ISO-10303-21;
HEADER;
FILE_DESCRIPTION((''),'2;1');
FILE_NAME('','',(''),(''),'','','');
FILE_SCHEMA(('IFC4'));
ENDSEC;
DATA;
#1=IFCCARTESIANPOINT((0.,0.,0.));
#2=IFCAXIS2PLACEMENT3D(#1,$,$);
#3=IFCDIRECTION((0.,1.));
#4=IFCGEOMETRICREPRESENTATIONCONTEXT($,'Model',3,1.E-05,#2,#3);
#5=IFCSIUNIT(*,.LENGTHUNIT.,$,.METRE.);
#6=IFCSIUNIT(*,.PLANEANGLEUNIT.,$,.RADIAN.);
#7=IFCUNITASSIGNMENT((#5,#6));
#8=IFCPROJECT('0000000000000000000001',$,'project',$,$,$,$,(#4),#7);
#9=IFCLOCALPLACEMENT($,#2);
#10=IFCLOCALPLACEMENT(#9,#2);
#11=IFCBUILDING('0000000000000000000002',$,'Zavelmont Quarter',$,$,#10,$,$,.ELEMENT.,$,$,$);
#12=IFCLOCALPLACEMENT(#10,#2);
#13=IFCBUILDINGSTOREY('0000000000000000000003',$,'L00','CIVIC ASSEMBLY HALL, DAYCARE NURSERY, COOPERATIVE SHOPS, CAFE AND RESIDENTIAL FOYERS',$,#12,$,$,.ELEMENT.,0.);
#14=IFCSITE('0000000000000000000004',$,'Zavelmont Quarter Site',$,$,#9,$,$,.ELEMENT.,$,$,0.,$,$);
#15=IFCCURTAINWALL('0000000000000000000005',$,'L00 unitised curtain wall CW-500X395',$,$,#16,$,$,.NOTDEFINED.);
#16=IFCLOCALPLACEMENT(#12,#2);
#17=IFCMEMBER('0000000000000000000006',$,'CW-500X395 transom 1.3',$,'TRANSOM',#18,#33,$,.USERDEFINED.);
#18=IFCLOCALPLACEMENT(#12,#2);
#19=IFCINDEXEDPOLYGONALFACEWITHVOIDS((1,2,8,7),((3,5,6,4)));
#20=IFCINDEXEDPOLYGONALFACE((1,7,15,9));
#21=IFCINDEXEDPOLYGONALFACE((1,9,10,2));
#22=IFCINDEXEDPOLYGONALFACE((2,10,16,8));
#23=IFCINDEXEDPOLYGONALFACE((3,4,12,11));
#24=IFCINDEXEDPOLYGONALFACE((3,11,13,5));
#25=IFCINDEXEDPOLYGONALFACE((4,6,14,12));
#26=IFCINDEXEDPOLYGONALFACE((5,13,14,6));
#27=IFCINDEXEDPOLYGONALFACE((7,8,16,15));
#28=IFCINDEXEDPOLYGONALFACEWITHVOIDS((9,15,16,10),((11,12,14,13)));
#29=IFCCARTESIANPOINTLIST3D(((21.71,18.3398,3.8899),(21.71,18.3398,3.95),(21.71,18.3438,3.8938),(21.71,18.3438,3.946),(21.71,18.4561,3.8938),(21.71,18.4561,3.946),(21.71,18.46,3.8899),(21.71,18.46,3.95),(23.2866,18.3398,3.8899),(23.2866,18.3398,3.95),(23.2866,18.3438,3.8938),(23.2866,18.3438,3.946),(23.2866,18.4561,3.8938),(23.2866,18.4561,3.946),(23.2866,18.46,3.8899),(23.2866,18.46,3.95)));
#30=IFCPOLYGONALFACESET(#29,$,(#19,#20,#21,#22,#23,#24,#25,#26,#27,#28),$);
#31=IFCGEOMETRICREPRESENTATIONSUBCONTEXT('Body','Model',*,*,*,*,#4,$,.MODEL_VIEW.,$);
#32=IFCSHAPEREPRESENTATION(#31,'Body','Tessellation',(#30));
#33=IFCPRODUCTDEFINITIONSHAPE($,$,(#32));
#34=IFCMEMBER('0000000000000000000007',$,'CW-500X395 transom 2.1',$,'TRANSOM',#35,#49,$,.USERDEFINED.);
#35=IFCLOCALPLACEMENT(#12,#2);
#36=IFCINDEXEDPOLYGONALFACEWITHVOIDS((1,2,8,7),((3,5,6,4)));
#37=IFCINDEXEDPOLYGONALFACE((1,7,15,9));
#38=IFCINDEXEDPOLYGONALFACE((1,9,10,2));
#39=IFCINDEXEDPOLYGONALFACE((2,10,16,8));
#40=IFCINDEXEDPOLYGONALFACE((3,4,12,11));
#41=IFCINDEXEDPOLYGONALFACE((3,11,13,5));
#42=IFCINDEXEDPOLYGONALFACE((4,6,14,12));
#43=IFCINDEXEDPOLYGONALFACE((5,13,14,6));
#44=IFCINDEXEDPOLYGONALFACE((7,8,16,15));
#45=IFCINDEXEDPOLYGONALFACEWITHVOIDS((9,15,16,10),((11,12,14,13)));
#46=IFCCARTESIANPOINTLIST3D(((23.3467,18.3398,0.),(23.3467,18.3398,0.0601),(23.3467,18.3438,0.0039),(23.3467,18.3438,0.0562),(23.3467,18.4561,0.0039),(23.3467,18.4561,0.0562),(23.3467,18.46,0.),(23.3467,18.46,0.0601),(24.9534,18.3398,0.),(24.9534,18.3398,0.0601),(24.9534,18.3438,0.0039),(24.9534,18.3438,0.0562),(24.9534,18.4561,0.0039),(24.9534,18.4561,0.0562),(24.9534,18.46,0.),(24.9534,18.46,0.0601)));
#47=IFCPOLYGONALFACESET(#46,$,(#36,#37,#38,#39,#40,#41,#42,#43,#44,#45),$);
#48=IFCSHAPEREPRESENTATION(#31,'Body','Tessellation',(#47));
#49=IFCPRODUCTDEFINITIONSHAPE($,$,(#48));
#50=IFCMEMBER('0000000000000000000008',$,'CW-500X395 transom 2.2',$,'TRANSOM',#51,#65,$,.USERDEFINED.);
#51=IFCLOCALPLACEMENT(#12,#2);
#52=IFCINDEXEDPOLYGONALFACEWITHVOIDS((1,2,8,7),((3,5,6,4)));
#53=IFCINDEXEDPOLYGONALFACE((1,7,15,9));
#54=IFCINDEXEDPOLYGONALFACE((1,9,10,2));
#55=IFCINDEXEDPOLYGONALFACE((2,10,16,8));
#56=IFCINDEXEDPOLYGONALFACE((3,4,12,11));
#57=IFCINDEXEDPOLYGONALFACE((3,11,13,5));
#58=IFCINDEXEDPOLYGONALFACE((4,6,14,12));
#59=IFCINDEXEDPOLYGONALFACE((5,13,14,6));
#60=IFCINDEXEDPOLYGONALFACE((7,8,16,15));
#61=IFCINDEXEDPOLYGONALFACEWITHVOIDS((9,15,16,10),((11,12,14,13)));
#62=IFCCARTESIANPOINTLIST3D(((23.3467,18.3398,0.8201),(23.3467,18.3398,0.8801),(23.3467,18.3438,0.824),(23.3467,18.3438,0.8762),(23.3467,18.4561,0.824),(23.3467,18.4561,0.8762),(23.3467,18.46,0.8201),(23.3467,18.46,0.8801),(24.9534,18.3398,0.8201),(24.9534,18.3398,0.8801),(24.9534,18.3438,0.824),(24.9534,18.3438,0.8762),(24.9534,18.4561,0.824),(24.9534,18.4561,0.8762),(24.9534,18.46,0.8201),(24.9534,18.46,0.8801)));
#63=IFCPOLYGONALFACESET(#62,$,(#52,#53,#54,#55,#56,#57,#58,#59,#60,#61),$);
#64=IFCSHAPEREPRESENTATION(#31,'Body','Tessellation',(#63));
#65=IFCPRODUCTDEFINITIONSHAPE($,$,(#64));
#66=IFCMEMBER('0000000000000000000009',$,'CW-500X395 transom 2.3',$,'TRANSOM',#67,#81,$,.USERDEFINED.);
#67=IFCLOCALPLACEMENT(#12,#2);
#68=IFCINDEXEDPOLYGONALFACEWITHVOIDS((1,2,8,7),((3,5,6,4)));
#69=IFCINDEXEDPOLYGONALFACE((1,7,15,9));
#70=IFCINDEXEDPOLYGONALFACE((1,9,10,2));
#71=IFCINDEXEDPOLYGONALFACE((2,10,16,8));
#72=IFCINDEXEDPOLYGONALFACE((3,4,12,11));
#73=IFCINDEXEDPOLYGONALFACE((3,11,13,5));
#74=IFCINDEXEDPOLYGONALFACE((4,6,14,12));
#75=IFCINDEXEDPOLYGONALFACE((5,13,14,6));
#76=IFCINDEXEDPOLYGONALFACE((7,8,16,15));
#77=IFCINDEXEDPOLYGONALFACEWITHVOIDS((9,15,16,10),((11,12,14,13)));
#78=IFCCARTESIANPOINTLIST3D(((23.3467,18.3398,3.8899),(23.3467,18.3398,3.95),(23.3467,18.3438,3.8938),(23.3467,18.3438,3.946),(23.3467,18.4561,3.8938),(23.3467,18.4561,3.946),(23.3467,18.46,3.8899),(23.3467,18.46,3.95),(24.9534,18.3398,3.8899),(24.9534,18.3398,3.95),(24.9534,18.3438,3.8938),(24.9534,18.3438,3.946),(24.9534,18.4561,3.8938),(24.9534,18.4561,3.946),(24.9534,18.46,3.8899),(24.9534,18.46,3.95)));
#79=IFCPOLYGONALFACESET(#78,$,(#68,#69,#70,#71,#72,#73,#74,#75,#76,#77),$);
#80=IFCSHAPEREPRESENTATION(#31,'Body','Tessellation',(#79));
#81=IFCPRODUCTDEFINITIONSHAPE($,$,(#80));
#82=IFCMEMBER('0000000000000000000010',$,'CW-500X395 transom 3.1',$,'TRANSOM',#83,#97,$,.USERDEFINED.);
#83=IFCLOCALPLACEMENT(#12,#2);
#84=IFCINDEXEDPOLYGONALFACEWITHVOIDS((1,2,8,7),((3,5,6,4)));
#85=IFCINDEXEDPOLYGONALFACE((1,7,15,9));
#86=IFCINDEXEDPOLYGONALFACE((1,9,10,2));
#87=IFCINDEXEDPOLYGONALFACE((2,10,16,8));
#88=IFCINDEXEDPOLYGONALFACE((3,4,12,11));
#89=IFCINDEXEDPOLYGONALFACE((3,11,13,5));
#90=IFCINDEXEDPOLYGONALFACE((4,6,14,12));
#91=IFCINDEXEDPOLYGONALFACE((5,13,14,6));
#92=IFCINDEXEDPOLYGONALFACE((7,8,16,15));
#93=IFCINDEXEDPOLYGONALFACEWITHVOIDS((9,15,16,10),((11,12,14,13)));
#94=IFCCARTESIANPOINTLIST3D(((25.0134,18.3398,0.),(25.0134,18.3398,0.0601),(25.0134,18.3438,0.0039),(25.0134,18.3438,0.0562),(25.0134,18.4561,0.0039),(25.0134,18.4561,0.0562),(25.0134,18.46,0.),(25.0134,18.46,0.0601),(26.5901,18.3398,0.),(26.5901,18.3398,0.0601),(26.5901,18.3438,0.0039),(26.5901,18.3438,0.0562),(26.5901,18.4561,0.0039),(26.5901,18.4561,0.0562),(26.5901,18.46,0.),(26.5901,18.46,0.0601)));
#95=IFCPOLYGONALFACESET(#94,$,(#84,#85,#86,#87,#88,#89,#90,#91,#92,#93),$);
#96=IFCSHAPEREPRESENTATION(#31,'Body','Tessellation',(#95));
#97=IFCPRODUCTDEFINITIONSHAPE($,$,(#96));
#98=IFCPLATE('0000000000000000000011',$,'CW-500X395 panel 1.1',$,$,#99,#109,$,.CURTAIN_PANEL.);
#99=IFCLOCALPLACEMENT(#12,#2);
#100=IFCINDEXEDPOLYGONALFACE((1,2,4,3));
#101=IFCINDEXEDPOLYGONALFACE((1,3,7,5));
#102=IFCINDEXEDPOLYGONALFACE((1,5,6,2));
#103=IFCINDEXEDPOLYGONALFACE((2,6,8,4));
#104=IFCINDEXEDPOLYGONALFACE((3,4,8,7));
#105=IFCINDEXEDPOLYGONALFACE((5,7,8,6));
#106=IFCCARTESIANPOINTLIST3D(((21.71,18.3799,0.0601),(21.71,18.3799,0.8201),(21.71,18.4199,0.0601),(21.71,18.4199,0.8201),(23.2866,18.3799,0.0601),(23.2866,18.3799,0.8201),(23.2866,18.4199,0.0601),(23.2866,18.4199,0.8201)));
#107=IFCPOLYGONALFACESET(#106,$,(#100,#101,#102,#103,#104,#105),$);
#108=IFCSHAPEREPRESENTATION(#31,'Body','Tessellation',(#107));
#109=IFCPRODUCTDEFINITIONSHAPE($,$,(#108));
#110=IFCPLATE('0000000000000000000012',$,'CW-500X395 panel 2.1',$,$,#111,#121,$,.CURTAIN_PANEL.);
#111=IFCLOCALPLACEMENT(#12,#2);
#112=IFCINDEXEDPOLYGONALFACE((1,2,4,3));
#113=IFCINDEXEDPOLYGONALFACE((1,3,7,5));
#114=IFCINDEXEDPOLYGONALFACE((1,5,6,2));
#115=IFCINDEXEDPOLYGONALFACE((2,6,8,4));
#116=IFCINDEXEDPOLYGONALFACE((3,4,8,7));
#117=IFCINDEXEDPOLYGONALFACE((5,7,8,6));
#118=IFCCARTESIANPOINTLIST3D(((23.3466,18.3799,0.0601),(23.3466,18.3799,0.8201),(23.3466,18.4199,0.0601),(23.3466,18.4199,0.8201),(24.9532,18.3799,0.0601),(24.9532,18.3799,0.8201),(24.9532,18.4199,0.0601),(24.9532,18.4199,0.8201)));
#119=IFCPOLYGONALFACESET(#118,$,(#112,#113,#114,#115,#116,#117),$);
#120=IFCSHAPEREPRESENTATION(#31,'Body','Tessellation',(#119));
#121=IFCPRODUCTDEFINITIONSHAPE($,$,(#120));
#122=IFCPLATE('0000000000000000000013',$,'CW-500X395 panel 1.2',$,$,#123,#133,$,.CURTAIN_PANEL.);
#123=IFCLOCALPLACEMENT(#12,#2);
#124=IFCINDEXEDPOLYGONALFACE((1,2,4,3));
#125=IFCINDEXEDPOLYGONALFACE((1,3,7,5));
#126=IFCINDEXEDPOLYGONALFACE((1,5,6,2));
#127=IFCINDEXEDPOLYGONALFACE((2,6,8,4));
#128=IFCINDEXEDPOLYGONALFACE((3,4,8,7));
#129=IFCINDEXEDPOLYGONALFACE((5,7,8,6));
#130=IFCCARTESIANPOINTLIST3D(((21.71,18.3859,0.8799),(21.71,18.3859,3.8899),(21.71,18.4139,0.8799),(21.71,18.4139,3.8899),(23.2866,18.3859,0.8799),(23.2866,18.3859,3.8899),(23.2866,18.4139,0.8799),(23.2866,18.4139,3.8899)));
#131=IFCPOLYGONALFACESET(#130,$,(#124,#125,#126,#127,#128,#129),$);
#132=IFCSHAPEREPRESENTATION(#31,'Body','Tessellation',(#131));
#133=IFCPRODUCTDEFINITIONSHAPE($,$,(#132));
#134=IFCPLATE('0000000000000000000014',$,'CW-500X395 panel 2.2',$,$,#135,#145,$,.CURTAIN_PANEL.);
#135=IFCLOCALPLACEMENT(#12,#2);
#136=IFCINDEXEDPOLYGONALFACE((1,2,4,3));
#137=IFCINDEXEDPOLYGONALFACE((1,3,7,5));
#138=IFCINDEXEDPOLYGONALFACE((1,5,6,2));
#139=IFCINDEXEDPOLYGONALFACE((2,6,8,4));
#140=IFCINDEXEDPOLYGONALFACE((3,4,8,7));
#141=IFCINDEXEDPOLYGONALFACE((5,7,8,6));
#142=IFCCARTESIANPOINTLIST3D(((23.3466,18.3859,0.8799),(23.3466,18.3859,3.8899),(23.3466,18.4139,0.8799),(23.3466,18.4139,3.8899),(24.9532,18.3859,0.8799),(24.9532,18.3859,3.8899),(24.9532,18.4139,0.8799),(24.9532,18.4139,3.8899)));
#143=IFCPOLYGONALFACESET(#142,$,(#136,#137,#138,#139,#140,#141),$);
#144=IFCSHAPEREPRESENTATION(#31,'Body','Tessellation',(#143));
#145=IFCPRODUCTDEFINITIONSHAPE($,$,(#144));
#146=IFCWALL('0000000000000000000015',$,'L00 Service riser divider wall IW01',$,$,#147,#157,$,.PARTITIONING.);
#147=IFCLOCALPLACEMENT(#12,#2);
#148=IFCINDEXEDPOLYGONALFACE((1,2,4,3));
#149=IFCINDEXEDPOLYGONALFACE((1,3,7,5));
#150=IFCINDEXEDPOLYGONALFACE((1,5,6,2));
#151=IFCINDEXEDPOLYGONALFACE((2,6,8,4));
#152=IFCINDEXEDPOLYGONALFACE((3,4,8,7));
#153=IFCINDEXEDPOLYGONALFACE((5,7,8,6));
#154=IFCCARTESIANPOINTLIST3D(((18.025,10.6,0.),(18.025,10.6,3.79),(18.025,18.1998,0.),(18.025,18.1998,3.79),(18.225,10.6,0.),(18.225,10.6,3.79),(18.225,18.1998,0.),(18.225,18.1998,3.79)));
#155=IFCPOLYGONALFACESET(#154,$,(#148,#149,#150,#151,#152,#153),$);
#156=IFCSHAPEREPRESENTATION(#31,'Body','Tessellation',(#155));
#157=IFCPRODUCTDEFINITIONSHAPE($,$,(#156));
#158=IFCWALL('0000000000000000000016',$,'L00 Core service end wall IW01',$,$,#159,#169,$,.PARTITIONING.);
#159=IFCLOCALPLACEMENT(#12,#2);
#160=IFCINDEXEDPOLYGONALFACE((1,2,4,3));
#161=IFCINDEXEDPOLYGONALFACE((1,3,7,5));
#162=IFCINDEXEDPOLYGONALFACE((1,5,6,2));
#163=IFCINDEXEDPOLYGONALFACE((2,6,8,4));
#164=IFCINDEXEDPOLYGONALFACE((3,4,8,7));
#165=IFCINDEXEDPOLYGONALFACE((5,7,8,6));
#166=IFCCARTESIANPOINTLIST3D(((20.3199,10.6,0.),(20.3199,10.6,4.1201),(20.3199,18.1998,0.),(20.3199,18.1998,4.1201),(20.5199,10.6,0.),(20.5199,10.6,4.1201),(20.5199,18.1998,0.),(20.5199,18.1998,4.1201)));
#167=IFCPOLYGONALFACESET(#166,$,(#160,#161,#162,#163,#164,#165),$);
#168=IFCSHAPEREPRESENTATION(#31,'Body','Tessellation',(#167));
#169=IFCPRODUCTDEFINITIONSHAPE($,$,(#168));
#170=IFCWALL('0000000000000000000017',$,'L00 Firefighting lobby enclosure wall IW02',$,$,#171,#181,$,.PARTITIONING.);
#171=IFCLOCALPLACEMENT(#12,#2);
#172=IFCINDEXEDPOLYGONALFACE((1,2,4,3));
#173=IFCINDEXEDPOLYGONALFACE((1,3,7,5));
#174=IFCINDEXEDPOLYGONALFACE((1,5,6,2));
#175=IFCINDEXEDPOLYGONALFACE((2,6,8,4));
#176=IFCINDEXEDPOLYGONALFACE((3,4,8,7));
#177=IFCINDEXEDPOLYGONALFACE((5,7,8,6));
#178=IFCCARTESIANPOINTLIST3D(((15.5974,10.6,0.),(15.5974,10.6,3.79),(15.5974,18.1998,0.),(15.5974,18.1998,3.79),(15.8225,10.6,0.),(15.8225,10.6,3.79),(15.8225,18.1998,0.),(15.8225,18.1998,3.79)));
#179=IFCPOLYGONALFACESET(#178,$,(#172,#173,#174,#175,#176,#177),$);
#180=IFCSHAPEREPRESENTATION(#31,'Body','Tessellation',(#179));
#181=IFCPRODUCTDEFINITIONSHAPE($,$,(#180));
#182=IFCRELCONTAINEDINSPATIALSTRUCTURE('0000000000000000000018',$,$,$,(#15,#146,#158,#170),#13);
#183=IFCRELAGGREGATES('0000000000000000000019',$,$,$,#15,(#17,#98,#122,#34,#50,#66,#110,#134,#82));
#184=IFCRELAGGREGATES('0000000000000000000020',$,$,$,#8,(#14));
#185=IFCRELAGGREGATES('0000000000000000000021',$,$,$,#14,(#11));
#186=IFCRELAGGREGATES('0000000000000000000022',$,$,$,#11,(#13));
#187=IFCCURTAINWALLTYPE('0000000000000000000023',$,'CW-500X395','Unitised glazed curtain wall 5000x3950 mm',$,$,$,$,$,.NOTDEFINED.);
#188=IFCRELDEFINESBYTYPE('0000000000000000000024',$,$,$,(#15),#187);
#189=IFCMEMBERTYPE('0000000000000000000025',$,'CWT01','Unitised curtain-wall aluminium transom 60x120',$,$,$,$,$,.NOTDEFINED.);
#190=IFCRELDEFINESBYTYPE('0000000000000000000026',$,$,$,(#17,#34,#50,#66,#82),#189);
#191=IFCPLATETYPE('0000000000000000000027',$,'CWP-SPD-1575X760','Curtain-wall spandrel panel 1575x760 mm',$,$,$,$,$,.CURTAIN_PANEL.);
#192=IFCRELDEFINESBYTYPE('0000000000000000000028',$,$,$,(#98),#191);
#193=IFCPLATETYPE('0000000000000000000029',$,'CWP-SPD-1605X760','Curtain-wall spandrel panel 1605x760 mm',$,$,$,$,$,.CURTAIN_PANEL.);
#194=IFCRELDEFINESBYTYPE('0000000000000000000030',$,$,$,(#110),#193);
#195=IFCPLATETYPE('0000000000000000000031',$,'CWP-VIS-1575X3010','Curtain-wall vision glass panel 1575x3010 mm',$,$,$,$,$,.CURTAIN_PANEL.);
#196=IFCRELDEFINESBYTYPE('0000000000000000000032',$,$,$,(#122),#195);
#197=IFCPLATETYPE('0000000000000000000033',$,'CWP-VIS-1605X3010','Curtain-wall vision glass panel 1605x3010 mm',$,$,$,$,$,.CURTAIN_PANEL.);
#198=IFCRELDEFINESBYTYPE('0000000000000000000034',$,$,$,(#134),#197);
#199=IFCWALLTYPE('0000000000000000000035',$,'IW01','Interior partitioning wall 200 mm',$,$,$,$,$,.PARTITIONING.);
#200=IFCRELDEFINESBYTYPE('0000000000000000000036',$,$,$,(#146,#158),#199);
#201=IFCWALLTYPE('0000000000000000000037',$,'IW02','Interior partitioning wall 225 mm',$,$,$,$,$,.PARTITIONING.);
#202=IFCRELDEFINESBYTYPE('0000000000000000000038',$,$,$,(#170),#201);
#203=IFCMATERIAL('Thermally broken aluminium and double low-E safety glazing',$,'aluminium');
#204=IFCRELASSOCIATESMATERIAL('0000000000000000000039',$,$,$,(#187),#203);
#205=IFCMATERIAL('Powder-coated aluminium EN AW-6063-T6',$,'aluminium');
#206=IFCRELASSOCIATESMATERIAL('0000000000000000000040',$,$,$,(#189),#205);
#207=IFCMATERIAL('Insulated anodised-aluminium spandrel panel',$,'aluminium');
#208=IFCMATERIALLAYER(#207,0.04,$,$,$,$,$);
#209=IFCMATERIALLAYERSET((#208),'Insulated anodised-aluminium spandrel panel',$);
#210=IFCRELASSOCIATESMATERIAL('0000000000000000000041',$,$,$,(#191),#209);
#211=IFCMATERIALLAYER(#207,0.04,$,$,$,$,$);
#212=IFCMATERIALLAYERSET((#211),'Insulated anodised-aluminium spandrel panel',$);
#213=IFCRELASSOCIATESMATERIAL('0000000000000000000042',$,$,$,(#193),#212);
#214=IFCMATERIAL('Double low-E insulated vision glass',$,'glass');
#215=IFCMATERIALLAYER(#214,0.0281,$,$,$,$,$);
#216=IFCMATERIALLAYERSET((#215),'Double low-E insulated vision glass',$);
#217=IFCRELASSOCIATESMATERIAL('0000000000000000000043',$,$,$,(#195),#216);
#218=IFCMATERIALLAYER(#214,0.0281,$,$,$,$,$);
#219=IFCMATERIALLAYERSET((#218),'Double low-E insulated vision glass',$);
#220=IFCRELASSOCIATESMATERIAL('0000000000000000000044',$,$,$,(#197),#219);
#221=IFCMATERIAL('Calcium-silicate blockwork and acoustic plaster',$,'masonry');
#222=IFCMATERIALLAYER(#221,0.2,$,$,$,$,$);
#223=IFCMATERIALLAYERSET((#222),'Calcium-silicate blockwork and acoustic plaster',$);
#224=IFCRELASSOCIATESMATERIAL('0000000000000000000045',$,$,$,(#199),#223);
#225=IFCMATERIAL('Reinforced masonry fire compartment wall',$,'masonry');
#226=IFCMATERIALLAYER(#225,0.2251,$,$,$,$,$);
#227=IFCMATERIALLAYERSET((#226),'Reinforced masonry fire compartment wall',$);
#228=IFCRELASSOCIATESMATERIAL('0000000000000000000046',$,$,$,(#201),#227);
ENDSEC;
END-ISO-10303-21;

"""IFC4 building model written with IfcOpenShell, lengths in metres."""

from ifc_helpers import new_model, si_unit, direction, frame, frame_2d, origin, origin_2d, place, context, subcontext, project, spatial, rectangle, hollow_rectangle, extrude, material, layer, layer_set, material_profile, profile_set, type_object, element, aggregate, save


model = new_model("IFC4")

# Units and contexts
model_context = context("Model", 3, precision=1e-05, world=origin(), true_north=direction((0.0, 1.0)))
body_context = subcontext(model_context, "Body", "Model", "MODEL_VIEW")
ifc_project = project(units=[si_unit("LENGTHUNIT", "METRE"), si_unit("PLANEANGLEUNIT", "RADIAN")], contexts=[model_context])

# Site, building, storey
site_placement = place(None, origin())
site = spatial("IfcSite", under=ifc_project, at=site_placement, Name="Zavelmont Quarter Site", CompositionType="ELEMENT", RefElevation=0.0)
building_placement = place(site_placement, origin())
building = spatial("IfcBuilding", under=site, at=building_placement, Name="Zavelmont Quarter", CompositionType="ELEMENT")
storey_placement = place(building_placement, origin())
storey = spatial("IfcBuildingStorey", under=building, at=storey_placement, Name="L00", Description="CIVIC ASSEMBLY HALL, DAYCARE NURSERY, COOPERATIVE SHOPS, CAFE AND RESIDENTIAL FOYERS", CompositionType="ELEMENT", Elevation=0.0)

# Curtain wall, members, plates
ifc_material_1 = material(Name="Thermally broken aluminium and double low-E safety glazing", Category="aluminium")
curtain_wall_type = type_object("IfcCurtainWallType", Name="CW-500X395", Description="Unitised glazed curtain wall 5000x3950 mm", PredefinedType="NOTDEFINED", material=ifc_material_1)
curtain_wall_placement = place(storey_placement, origin())
curtain_wall = element("IfcCurtainWall", 1, at=curtain_wall_placement, inside=storey, type_object=curtain_wall_type, Name="L00 unitised curtain wall CW-500X395", PredefinedType="NOTDEFINED")
ifc_material_2 = material(Name="Powder-coated aluminium EN AW-6063-T6", Category="aluminium")
ifc_material_profile_1 = material_profile(ifc_material_2, hollow_rectangle(XDim=0.1201, YDim=0.0601, WallThickness=0.0039, at=origin_2d()), Name="CWT60X120")
ifc_profile_set_1 = profile_set([ifc_material_profile_1], Name="Powder-coated aluminium EN AW-6063-T6")
member_type_1 = type_object("IfcMemberType", Name="CWT01", Description="Unitised curtain-wall aluminium transom 60x120", PredefinedType="NOTDEFINED", material=ifc_profile_set_1)
member_1_placement = place(storey_placement, frame((21.71, 18.3999, 3.9199), z_axis=(1.0, 0.0, 0.0), x_axis=(0.0, 1.0, 0.0)))
member_1 = element("IfcMember", 2, at=member_1_placement, type_object=member_type_1, Name="CW-500X395 transom 1.3", ObjectType="TRANSOM", PredefinedType="USERDEFINED", context=body_context, shape_type="SweptSolid", body=[
    extrude(hollow_rectangle(XDim=0.1201, YDim=0.0601, WallThickness=0.0039, at=origin_2d()), origin(), (0.0, 0.0, 1.0), 1.5767),
])
member_2_placement = place(storey_placement, frame((23.3467, 18.3999, 0.03), z_axis=(1.0, 0.0, 0.0), x_axis=(0.0, 1.0, 0.0)))
member_2 = element("IfcMember", 3, at=member_2_placement, type_object=member_type_1, Name="CW-500X395 transom 2.1", ObjectType="TRANSOM", PredefinedType="USERDEFINED", context=body_context, shape_type="SweptSolid", body=[
    extrude(hollow_rectangle(XDim=0.1201, YDim=0.0601, WallThickness=0.0039, at=origin_2d()), origin(), (0.0, 0.0, 1.0), 1.6067),
])
member_3_placement = place(storey_placement, frame((23.3467, 18.3999, 0.8501), z_axis=(1.0, 0.0, 0.0), x_axis=(0.0, 1.0, 0.0)))
member_3 = element("IfcMember", 4, at=member_3_placement, type_object=member_type_1, Name="CW-500X395 transom 2.2", ObjectType="TRANSOM", PredefinedType="USERDEFINED", context=body_context, shape_type="SweptSolid", body=[
    extrude(hollow_rectangle(XDim=0.1201, YDim=0.0601, WallThickness=0.0039, at=origin_2d()), origin(), (0.0, 0.0, 1.0), 1.6067),
])
member_4_placement = place(storey_placement, frame((23.3467, 18.3999, 3.9199), z_axis=(1.0, 0.0, 0.0), x_axis=(0.0, 1.0, 0.0)))
member_4 = element("IfcMember", 5, at=member_4_placement, type_object=member_type_1, Name="CW-500X395 transom 2.3", ObjectType="TRANSOM", PredefinedType="USERDEFINED", context=body_context, shape_type="SweptSolid", body=[
    extrude(hollow_rectangle(XDim=0.1201, YDim=0.0601, WallThickness=0.0039, at=origin_2d()), origin(), (0.0, 0.0, 1.0), 1.6067),
])
member_5_placement = place(storey_placement, frame((25.0134, 18.3999, 0.03), z_axis=(1.0, 0.0, 0.0), x_axis=(0.0, 1.0, 0.0)))
member_5 = element("IfcMember", 6, at=member_5_placement, type_object=member_type_1, Name="CW-500X395 transom 3.1", ObjectType="TRANSOM", PredefinedType="USERDEFINED", context=body_context, shape_type="SweptSolid", body=[
    extrude(hollow_rectangle(XDim=0.1201, YDim=0.0601, WallThickness=0.0039, at=origin_2d()), origin(), (0.0, 0.0, 1.0), 1.5767),
])
ifc_material_3 = material(Name="Insulated anodised-aluminium spandrel panel", Category="aluminium")
ifc_layer_1 = layer(ifc_material_3, 0.04)
ifc_layer_set_1 = layer_set([ifc_layer_1], Name="Insulated anodised-aluminium spandrel panel")
plate_type_1 = type_object("IfcPlateType", Name="CWP-SPD-1575X760", Description="Curtain-wall spandrel panel 1575x760 mm", PredefinedType="CURTAIN_PANEL", material=ifc_layer_set_1)
plate_1_placement = place(storey_placement, frame((22.4983, 18.3999, 0.0601), z_axis=(0.0, 0.0, 1.0), x_axis=(1.0, 0.0, 0.0)))
plate_1 = element("IfcPlate", 7, at=plate_1_placement, type_object=plate_type_1, Name="CW-500X395 panel 1.1", PredefinedType="CURTAIN_PANEL", context=body_context, shape_type="SweptSolid", body=[
    extrude(rectangle(XDim=1.5767, YDim=0.04, at=origin_2d()), origin(), (0.0, 0.0, 1.0), 0.76),
])
ifc_layer_2 = layer(ifc_material_3, 0.04)
ifc_layer_set_2 = layer_set([ifc_layer_2], Name="Insulated anodised-aluminium spandrel panel")
plate_type_2 = type_object("IfcPlateType", Name="CWP-SPD-1605X760", Description="Curtain-wall spandrel panel 1605x760 mm", PredefinedType="CURTAIN_PANEL", material=ifc_layer_set_2)
plate_2_placement = place(storey_placement, frame((24.1499, 18.3999, 0.0601), z_axis=(0.0, 0.0, 1.0), x_axis=(1.0, 0.0, 0.0)))
plate_2 = element("IfcPlate", 8, at=plate_2_placement, type_object=plate_type_2, Name="CW-500X395 panel 2.1", PredefinedType="CURTAIN_PANEL", context=body_context, shape_type="SweptSolid", body=[
    extrude(rectangle(XDim=1.6067, YDim=0.04, at=origin_2d()), origin(), (0.0, 0.0, 1.0), 0.76),
])
ifc_material_4 = material(Name="Double low-E insulated vision glass", Category="glass")
ifc_layer_3 = layer(ifc_material_4, 0.0281)
ifc_layer_set_3 = layer_set([ifc_layer_3], Name="Double low-E insulated vision glass")
plate_type_3 = type_object("IfcPlateType", Name="CWP-VIS-1575X3010", Description="Curtain-wall vision glass panel 1575x3010 mm", PredefinedType="CURTAIN_PANEL", material=ifc_layer_set_3)
plate_3_placement = place(storey_placement, frame((22.4983, 18.3999, 0.8799), z_axis=(0.0, 0.0, 1.0), x_axis=(1.0, 0.0, 0.0)))
plate_3 = element("IfcPlate", 9, at=plate_3_placement, type_object=plate_type_3, Name="CW-500X395 panel 1.2", PredefinedType="CURTAIN_PANEL", context=body_context, shape_type="SweptSolid", body=[
    extrude(rectangle(XDim=1.5767, YDim=0.0281, at=origin_2d()), origin(), (0.0, 0.0, 1.0), 3.01),
])
ifc_layer_4 = layer(ifc_material_4, 0.0281)
ifc_layer_set_4 = layer_set([ifc_layer_4], Name="Double low-E insulated vision glass")
plate_type_4 = type_object("IfcPlateType", Name="CWP-VIS-1605X3010", Description="Curtain-wall vision glass panel 1605x3010 mm", PredefinedType="CURTAIN_PANEL", material=ifc_layer_set_4)
plate_4_placement = place(storey_placement, frame((24.1499, 18.3999, 0.8799), z_axis=(0.0, 0.0, 1.0), x_axis=(1.0, 0.0, 0.0)))
plate_4 = element("IfcPlate", 10, at=plate_4_placement, type_object=plate_type_4, Name="CW-500X395 panel 2.2", PredefinedType="CURTAIN_PANEL", context=body_context, shape_type="SweptSolid", body=[
    extrude(rectangle(XDim=1.6067, YDim=0.0281, at=origin_2d()), origin(), (0.0, 0.0, 1.0), 3.01),
])
aggregate(curtain_wall, [member_1, plate_1, plate_3, member_2, member_3, member_4, plate_2, plate_4, member_5])

# Walls
ifc_material_5 = material(Name="Calcium-silicate blockwork and acoustic plaster", Category="masonry")
ifc_layer_5 = layer(ifc_material_5, 0.2)
ifc_layer_set_5 = layer_set([ifc_layer_5], Name="Calcium-silicate blockwork and acoustic plaster")
wall_type_1 = type_object("IfcWallType", Name="IW01", Description="Interior partitioning wall 200 mm", PredefinedType="PARTITIONING", material=ifc_layer_set_5)
wall_1_placement = place(storey_placement, frame((18.125, 10.6001, 0.0), z_axis=(0.0, 0.0, 1.0), x_axis=(0.0, 1.0, 0.0)))
element("IfcWall", 11, at=wall_1_placement, inside=storey, type_object=wall_type_1, Name="L00 Service riser divider wall IW01", PredefinedType="PARTITIONING", context=body_context, shape_type="SweptSolid", body=[
    extrude(rectangle(XDim=7.5999, YDim=0.2, at=frame_2d((3.7998, 0.0))), origin(), (0.0, 0.0, 1.0), 3.79),
])
wall_2_placement = place(storey_placement, frame((20.4199, 10.6001, 0.0), z_axis=(0.0, 0.0, 1.0), x_axis=(0.0, 1.0, 0.0)))
element("IfcWall", 12, at=wall_2_placement, inside=storey, type_object=wall_type_1, Name="L00 Core service end wall IW01", PredefinedType="PARTITIONING", context=body_context, shape_type="SweptSolid", body=[
    extrude(rectangle(XDim=7.5999, YDim=0.2, at=frame_2d((3.7998, 0.0))), origin(), (0.0, 0.0, 1.0), 4.1201),
])
ifc_material_6 = material(Name="Reinforced masonry fire compartment wall", Category="masonry")
ifc_layer_6 = layer(ifc_material_6, 0.2251)
ifc_layer_set_6 = layer_set([ifc_layer_6], Name="Reinforced masonry fire compartment wall")
wall_type_2 = type_object("IfcWallType", Name="IW02", Description="Interior partitioning wall 225 mm", PredefinedType="PARTITIONING", material=ifc_layer_set_6)
wall_3_placement = place(storey_placement, frame((15.71, 10.6001, 0.0), z_axis=(0.0, 0.0, 1.0), x_axis=(0.0, 1.0, 0.0)))
element("IfcWall", 13, at=wall_3_placement, inside=storey, type_object=wall_type_2, Name="L00 Firefighting lobby enclosure wall IW02", PredefinedType="PARTITIONING", context=body_context, shape_type="SweptSolid", body=[
    extrude(rectangle(XDim=7.5999, YDim=0.2251, at=frame_2d((3.7998, 0.0))), origin(), (0.0, 0.0, 1.0), 3.79),
])

save(model, "model.ifc")
